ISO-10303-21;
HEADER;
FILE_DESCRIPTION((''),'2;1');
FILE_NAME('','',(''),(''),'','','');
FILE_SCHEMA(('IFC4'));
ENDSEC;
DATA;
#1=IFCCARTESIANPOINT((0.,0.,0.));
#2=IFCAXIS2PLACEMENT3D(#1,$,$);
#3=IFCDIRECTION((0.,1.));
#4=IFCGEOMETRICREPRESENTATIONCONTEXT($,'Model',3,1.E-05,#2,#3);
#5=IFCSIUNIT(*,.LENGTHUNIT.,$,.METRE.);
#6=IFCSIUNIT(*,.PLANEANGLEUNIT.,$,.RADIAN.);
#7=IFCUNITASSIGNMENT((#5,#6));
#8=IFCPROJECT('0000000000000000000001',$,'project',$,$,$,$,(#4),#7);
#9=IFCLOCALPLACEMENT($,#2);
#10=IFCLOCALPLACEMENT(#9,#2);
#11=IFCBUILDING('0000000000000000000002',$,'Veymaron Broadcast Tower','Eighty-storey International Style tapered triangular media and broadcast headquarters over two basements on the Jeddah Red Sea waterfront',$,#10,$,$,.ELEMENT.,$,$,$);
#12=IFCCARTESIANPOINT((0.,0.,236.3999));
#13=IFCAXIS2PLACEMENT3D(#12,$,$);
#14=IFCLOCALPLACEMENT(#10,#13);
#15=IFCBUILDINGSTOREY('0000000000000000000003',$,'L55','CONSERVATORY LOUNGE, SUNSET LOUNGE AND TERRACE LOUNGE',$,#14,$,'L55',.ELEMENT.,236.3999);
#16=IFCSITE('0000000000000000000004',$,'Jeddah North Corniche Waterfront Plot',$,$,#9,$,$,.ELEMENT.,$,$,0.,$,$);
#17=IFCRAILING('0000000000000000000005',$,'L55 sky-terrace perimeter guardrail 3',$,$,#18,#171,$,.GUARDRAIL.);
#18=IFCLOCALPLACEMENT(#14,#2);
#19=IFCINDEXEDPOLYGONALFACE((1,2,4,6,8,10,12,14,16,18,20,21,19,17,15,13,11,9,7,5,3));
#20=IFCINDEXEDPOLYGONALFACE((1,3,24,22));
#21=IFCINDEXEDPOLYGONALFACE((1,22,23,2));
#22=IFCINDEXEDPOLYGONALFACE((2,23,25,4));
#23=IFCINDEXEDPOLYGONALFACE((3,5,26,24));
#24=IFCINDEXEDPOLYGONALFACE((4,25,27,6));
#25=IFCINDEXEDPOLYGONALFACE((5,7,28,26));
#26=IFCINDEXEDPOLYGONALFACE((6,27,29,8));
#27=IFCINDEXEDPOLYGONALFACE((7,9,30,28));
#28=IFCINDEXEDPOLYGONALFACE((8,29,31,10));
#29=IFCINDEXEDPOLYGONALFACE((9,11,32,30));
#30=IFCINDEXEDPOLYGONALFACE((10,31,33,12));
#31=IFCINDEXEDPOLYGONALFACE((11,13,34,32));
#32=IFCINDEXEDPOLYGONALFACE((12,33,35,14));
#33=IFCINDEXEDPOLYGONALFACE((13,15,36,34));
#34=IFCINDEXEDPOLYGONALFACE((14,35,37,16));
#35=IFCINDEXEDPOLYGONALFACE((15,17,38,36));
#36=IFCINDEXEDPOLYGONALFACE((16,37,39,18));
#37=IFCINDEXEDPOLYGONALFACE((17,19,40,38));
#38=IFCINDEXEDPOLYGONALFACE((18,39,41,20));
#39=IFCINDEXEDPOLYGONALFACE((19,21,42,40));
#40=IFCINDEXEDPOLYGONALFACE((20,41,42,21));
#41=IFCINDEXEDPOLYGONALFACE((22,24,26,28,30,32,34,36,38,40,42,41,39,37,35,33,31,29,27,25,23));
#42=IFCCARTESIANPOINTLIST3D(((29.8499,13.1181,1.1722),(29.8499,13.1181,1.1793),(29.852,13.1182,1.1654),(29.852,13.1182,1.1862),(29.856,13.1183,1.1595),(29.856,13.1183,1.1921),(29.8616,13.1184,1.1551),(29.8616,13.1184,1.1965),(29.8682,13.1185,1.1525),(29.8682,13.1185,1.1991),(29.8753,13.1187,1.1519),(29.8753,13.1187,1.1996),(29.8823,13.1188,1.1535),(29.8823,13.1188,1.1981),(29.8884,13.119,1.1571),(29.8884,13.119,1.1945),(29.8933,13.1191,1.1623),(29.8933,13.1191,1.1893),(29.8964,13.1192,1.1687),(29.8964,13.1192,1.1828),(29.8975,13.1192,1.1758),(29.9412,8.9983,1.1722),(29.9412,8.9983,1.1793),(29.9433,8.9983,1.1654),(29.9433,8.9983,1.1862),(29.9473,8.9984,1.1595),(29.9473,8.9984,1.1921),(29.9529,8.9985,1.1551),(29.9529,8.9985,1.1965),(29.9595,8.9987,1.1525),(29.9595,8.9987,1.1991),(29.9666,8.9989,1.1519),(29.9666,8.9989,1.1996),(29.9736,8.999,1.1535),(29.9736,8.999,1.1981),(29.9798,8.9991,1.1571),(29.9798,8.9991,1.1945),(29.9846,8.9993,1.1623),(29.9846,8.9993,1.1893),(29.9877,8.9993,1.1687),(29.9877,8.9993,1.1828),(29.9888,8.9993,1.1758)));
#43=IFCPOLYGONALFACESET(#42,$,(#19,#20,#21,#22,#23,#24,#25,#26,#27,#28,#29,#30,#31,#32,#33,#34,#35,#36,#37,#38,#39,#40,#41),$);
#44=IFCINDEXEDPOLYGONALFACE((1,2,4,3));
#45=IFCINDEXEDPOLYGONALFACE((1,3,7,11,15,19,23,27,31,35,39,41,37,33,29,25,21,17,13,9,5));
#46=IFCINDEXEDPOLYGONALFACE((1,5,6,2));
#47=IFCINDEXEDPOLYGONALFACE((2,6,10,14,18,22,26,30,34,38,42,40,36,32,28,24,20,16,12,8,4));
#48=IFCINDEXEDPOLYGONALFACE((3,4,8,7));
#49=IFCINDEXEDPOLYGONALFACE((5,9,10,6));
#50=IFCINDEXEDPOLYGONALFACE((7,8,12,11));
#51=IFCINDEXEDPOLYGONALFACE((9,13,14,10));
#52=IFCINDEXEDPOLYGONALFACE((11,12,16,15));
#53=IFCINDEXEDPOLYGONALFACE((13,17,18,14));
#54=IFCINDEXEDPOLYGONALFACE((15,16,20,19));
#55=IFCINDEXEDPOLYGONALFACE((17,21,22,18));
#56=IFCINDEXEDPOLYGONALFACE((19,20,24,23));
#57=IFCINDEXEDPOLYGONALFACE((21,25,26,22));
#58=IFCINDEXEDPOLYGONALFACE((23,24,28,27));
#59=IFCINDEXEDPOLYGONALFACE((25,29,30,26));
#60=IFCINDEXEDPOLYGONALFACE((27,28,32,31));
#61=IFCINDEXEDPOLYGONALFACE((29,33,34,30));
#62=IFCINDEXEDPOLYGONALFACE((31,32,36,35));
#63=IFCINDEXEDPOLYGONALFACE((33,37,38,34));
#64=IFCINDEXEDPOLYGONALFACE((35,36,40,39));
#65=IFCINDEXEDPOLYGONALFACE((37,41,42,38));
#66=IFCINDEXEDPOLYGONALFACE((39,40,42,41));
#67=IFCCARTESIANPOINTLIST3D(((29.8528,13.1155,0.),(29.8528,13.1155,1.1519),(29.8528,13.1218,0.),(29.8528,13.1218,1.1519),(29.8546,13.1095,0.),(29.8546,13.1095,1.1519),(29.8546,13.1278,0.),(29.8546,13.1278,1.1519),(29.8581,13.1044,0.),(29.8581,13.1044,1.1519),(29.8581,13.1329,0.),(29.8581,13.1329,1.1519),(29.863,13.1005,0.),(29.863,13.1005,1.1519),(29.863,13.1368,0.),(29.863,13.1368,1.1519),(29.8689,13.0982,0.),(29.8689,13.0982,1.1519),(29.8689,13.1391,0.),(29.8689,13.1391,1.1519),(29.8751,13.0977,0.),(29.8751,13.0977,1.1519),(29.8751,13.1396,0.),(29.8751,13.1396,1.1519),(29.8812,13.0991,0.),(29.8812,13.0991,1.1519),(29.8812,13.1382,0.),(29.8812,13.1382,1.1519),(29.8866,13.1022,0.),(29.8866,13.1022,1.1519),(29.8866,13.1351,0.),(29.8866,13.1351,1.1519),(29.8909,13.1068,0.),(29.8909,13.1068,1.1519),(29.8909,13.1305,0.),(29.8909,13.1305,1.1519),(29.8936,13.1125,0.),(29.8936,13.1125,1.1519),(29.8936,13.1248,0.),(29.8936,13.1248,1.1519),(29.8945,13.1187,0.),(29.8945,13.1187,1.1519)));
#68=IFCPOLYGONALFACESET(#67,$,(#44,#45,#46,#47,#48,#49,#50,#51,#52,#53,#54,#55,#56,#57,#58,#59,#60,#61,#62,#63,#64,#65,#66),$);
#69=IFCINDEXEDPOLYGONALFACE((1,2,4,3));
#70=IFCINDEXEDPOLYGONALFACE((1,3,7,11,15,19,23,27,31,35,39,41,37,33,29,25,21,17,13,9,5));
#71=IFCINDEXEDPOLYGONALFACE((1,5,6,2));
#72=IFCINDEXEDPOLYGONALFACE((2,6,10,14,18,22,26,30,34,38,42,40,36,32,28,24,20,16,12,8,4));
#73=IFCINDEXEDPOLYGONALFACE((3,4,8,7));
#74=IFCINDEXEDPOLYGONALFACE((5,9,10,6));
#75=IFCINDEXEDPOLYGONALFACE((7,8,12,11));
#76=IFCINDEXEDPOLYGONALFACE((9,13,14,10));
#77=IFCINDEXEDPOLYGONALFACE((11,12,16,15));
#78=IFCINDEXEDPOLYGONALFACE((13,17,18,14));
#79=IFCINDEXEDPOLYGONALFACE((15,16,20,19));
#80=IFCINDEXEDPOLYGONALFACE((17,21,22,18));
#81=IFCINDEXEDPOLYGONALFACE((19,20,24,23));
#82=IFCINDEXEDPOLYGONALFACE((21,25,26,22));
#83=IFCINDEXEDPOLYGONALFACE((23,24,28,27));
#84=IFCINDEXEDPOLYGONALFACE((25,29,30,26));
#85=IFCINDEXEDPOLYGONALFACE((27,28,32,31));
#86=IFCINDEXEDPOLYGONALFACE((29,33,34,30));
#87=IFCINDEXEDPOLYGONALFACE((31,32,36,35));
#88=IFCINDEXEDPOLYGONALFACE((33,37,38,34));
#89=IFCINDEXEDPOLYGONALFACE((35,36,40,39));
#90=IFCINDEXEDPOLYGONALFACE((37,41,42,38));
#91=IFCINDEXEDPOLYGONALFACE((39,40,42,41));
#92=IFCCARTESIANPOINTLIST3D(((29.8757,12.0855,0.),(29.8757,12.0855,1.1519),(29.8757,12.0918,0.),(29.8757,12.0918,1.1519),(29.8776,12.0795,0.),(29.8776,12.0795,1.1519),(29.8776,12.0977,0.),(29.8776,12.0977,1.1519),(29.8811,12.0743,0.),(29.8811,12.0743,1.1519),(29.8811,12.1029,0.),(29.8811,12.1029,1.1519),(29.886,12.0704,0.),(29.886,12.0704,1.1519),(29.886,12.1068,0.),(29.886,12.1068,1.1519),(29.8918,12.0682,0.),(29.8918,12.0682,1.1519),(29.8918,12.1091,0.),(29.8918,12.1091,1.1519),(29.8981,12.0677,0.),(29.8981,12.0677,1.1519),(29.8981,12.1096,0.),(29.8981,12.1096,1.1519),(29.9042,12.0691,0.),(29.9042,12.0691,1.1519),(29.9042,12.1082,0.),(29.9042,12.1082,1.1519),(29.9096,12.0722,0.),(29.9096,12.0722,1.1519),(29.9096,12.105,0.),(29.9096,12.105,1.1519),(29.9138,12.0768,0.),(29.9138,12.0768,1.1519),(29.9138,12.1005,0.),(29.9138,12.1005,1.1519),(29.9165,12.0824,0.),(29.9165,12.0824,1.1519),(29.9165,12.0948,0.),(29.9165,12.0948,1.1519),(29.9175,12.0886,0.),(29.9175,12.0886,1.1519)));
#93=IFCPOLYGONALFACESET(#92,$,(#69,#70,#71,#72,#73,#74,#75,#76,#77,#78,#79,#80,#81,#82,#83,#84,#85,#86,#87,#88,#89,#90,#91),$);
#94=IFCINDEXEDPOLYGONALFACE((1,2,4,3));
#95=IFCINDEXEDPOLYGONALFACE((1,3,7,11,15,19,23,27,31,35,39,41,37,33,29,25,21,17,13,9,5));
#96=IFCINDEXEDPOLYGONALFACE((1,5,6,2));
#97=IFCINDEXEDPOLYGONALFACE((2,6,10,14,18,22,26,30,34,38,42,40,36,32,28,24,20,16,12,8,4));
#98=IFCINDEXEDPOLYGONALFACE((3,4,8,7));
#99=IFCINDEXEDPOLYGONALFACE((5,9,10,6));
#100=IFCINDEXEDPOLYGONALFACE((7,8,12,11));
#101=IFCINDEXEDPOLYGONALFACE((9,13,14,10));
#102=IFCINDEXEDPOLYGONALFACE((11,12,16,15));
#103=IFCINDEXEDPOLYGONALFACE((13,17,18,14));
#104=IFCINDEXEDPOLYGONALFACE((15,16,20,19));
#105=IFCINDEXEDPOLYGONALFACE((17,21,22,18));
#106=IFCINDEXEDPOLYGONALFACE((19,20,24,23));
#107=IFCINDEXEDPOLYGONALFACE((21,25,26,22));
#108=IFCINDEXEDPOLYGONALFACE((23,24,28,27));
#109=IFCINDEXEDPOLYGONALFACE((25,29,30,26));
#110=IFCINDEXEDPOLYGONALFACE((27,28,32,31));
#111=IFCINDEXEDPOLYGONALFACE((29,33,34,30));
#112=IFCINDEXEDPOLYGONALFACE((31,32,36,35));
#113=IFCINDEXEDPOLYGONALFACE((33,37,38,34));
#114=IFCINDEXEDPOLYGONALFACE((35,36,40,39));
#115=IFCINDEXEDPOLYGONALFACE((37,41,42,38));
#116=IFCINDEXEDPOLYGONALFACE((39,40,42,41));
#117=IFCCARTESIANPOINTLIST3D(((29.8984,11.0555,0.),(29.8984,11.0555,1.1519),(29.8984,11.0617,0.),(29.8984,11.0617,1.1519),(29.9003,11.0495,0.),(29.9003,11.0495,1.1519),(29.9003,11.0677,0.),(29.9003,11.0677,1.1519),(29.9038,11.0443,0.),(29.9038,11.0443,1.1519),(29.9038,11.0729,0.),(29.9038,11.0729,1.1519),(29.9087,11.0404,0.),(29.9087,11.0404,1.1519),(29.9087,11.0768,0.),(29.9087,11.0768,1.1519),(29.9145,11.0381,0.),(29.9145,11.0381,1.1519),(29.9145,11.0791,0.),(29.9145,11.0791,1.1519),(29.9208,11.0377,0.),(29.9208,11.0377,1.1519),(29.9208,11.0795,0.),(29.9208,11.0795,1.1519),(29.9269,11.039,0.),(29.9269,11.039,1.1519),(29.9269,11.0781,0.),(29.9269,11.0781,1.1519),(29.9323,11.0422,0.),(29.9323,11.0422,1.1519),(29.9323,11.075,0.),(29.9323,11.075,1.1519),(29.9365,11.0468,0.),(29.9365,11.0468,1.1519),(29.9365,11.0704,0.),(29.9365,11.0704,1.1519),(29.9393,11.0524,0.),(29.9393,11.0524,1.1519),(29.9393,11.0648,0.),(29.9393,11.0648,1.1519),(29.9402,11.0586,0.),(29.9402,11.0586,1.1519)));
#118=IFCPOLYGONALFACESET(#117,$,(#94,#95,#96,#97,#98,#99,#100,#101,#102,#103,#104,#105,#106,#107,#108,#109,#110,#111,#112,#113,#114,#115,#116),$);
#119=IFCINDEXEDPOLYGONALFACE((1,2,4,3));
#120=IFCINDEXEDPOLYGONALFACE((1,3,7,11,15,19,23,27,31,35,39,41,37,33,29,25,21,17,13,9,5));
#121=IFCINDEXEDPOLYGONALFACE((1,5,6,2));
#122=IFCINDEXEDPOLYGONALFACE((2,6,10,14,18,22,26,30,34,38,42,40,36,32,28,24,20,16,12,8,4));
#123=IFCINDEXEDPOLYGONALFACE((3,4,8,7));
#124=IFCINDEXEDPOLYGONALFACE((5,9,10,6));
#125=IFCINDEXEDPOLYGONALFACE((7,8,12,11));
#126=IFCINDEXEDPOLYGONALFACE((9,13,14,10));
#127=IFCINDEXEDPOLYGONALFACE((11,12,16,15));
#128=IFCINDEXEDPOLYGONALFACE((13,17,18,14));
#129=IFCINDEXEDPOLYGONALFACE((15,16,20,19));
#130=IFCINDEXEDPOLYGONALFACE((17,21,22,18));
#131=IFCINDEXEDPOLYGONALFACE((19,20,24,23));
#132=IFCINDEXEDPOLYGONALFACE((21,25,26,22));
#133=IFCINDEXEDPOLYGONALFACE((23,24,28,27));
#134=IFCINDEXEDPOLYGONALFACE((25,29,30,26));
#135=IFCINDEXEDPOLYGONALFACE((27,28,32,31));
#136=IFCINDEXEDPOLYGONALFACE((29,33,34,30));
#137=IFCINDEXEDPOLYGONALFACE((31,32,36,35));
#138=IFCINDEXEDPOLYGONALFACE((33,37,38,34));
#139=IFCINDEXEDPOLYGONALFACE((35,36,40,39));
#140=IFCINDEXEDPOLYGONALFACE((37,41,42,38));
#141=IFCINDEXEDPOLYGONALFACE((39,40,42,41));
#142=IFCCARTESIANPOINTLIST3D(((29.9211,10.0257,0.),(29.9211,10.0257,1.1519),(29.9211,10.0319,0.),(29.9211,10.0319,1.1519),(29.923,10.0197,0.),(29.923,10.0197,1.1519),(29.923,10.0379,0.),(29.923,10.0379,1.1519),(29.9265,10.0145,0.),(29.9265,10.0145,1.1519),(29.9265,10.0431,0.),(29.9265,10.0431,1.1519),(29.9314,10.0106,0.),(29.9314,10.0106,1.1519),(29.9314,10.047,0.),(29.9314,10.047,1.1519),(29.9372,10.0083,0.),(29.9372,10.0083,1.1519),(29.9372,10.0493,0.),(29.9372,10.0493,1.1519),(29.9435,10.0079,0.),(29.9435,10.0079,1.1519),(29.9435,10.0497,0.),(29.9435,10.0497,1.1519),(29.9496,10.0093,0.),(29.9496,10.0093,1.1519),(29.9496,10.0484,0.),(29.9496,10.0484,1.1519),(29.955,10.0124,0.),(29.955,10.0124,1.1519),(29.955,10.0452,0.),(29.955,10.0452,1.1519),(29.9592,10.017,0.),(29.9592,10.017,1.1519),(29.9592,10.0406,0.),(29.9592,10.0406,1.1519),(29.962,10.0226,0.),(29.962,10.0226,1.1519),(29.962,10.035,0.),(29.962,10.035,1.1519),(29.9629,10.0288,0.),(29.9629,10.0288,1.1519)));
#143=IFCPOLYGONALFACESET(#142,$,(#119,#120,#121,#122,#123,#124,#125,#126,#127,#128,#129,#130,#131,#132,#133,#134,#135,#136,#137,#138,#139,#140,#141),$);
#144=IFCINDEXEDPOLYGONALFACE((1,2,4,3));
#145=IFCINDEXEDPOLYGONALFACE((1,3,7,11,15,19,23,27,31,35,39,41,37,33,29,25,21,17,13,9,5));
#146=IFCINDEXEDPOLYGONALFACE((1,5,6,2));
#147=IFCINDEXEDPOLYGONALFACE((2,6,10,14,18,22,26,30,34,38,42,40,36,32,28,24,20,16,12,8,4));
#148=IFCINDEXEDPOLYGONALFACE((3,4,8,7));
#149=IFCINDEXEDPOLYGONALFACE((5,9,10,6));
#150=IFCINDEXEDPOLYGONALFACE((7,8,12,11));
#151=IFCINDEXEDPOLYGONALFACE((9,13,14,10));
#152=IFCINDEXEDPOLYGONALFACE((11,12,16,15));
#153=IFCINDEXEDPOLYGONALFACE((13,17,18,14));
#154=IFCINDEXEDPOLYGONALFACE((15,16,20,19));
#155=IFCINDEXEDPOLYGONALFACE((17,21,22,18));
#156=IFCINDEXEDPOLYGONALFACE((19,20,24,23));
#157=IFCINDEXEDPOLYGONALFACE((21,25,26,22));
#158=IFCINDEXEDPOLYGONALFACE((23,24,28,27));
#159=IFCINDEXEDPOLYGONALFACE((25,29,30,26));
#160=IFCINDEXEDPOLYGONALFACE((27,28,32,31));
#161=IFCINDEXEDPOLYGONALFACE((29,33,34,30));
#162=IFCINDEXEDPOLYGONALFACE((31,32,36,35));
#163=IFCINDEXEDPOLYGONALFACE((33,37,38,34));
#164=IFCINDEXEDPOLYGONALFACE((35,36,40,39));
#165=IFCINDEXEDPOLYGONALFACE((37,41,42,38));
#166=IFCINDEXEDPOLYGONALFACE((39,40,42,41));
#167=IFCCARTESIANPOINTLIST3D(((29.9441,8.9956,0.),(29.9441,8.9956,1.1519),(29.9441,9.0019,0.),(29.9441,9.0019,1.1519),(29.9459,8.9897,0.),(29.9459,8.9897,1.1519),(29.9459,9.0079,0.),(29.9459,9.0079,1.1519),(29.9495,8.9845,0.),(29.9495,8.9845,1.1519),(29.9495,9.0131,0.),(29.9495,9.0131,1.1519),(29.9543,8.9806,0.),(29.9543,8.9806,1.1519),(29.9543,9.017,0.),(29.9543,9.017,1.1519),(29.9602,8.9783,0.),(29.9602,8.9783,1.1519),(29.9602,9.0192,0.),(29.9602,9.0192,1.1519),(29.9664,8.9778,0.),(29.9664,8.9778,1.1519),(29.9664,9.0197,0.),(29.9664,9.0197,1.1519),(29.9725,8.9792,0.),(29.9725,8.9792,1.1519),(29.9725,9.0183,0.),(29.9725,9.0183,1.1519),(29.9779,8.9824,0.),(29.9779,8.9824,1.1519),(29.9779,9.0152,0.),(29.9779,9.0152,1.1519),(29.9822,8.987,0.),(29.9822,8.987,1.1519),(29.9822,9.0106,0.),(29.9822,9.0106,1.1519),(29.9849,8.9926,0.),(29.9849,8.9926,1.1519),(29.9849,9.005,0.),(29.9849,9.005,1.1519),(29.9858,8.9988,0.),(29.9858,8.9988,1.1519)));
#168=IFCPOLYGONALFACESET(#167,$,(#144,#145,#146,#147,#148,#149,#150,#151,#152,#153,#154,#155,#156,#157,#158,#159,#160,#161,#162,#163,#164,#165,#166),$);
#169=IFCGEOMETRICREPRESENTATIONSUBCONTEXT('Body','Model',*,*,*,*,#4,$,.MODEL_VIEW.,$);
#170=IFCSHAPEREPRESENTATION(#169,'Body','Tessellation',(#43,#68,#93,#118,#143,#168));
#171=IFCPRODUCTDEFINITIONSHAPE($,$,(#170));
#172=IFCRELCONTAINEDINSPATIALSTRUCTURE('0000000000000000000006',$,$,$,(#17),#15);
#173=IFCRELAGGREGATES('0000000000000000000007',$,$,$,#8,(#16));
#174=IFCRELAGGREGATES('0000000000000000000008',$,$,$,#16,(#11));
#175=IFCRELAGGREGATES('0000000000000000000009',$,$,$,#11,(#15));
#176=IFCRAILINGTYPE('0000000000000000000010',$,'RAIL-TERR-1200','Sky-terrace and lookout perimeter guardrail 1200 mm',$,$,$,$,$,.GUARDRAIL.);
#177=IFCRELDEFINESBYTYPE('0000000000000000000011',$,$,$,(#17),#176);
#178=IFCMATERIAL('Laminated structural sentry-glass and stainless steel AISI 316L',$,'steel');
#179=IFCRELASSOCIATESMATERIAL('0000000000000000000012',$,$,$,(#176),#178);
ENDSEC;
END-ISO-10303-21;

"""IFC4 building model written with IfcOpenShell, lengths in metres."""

from ifc_helpers import new_model, si_unit, direction, frame, origin, origin_2d, place, context, subcontext, project, spatial, circle, extrude, material, type_object, element, save


model = new_model("IFC4")

# Units and contexts
model_context = context("Model", 3, precision=1e-05, world=origin(), true_north=direction((0.0, 1.0)))
body_context = subcontext(model_context, "Body", "Model", "MODEL_VIEW")
ifc_project = project(units=[si_unit("LENGTHUNIT", "METRE"), si_unit("PLANEANGLEUNIT", "RADIAN")], contexts=[model_context])

# Site, building, storey
site_placement = place(None, origin())
site = spatial("IfcSite", under=ifc_project, at=site_placement, Name="Jeddah North Corniche Waterfront Plot", CompositionType="ELEMENT", RefElevation=0.0)
building_placement = place(site_placement, origin())
building = spatial("IfcBuilding", under=site, at=building_placement, Name="Veymaron Broadcast Tower", Description="Eighty-storey International Style tapered triangular media and broadcast headquarters over two basements on the Jeddah Red Sea waterfront", CompositionType="ELEMENT")
storey_placement = place(building_placement, frame((0.0, 0.0, 236.3999)))
storey = spatial("IfcBuildingStorey", under=building, at=storey_placement, Name="L55", Description="CONSERVATORY LOUNGE, SUNSET LOUNGE AND TERRACE LOUNGE", LongName="L55", CompositionType="ELEMENT", Elevation=236.3999)

# Railing
ifc_material_1 = material(Name="Laminated structural sentry-glass and stainless steel AISI 316L", Category="steel")
railing_type = type_object("IfcRailingType", Name="RAIL-TERR-1200", Description="Sky-terrace and lookout perimeter guardrail 1200 mm", PredefinedType="GUARDRAIL", material=ifc_material_1)
railing_1_placement = place(storey_placement, frame((29.8735, 13.1187, 0.0)))
element("IfcRailing", 1, at=railing_1_placement, inside=storey, type_object=railing_type, Name="L55 sky-terrace perimeter guardrail 3", PredefinedType="GUARDRAIL", context=body_context, shape_type="SweptSolid", body=[
    extrude(circle(Radius=0.0239, at=origin_2d()), frame((0.0, 0.0, 1.1758), z_axis=(0.022158, -0.999754, 0.0), x_axis=(0.999754, 0.022158, 0.0)), (0.0, 0.0, 1.0), 4.1208),
    extrude(circle(Radius=0.021, at=origin_2d()), origin(), (0.0, 0.0, 1.0), 1.1519),
    extrude(circle(Radius=0.021, at=origin_2d()), frame((0.0229, -1.03, 0.0)), (0.0, 0.0, 1.0), 1.1519),
    extrude(circle(Radius=0.021, at=origin_2d()), frame((0.0457, -2.0601, 0.0)), (0.0, 0.0, 1.0), 1.1519),
    extrude(circle(Radius=0.021, at=origin_2d()), frame((0.0684, -3.0898, 0.0)), (0.0, 0.0, 1.0), 1.1519),
    extrude(circle(Radius=0.021, at=origin_2d()), frame((0.0913, -4.1199, 0.0)), (0.0, 0.0, 1.0), 1.1519),
])

save(model, "model.ifc")
